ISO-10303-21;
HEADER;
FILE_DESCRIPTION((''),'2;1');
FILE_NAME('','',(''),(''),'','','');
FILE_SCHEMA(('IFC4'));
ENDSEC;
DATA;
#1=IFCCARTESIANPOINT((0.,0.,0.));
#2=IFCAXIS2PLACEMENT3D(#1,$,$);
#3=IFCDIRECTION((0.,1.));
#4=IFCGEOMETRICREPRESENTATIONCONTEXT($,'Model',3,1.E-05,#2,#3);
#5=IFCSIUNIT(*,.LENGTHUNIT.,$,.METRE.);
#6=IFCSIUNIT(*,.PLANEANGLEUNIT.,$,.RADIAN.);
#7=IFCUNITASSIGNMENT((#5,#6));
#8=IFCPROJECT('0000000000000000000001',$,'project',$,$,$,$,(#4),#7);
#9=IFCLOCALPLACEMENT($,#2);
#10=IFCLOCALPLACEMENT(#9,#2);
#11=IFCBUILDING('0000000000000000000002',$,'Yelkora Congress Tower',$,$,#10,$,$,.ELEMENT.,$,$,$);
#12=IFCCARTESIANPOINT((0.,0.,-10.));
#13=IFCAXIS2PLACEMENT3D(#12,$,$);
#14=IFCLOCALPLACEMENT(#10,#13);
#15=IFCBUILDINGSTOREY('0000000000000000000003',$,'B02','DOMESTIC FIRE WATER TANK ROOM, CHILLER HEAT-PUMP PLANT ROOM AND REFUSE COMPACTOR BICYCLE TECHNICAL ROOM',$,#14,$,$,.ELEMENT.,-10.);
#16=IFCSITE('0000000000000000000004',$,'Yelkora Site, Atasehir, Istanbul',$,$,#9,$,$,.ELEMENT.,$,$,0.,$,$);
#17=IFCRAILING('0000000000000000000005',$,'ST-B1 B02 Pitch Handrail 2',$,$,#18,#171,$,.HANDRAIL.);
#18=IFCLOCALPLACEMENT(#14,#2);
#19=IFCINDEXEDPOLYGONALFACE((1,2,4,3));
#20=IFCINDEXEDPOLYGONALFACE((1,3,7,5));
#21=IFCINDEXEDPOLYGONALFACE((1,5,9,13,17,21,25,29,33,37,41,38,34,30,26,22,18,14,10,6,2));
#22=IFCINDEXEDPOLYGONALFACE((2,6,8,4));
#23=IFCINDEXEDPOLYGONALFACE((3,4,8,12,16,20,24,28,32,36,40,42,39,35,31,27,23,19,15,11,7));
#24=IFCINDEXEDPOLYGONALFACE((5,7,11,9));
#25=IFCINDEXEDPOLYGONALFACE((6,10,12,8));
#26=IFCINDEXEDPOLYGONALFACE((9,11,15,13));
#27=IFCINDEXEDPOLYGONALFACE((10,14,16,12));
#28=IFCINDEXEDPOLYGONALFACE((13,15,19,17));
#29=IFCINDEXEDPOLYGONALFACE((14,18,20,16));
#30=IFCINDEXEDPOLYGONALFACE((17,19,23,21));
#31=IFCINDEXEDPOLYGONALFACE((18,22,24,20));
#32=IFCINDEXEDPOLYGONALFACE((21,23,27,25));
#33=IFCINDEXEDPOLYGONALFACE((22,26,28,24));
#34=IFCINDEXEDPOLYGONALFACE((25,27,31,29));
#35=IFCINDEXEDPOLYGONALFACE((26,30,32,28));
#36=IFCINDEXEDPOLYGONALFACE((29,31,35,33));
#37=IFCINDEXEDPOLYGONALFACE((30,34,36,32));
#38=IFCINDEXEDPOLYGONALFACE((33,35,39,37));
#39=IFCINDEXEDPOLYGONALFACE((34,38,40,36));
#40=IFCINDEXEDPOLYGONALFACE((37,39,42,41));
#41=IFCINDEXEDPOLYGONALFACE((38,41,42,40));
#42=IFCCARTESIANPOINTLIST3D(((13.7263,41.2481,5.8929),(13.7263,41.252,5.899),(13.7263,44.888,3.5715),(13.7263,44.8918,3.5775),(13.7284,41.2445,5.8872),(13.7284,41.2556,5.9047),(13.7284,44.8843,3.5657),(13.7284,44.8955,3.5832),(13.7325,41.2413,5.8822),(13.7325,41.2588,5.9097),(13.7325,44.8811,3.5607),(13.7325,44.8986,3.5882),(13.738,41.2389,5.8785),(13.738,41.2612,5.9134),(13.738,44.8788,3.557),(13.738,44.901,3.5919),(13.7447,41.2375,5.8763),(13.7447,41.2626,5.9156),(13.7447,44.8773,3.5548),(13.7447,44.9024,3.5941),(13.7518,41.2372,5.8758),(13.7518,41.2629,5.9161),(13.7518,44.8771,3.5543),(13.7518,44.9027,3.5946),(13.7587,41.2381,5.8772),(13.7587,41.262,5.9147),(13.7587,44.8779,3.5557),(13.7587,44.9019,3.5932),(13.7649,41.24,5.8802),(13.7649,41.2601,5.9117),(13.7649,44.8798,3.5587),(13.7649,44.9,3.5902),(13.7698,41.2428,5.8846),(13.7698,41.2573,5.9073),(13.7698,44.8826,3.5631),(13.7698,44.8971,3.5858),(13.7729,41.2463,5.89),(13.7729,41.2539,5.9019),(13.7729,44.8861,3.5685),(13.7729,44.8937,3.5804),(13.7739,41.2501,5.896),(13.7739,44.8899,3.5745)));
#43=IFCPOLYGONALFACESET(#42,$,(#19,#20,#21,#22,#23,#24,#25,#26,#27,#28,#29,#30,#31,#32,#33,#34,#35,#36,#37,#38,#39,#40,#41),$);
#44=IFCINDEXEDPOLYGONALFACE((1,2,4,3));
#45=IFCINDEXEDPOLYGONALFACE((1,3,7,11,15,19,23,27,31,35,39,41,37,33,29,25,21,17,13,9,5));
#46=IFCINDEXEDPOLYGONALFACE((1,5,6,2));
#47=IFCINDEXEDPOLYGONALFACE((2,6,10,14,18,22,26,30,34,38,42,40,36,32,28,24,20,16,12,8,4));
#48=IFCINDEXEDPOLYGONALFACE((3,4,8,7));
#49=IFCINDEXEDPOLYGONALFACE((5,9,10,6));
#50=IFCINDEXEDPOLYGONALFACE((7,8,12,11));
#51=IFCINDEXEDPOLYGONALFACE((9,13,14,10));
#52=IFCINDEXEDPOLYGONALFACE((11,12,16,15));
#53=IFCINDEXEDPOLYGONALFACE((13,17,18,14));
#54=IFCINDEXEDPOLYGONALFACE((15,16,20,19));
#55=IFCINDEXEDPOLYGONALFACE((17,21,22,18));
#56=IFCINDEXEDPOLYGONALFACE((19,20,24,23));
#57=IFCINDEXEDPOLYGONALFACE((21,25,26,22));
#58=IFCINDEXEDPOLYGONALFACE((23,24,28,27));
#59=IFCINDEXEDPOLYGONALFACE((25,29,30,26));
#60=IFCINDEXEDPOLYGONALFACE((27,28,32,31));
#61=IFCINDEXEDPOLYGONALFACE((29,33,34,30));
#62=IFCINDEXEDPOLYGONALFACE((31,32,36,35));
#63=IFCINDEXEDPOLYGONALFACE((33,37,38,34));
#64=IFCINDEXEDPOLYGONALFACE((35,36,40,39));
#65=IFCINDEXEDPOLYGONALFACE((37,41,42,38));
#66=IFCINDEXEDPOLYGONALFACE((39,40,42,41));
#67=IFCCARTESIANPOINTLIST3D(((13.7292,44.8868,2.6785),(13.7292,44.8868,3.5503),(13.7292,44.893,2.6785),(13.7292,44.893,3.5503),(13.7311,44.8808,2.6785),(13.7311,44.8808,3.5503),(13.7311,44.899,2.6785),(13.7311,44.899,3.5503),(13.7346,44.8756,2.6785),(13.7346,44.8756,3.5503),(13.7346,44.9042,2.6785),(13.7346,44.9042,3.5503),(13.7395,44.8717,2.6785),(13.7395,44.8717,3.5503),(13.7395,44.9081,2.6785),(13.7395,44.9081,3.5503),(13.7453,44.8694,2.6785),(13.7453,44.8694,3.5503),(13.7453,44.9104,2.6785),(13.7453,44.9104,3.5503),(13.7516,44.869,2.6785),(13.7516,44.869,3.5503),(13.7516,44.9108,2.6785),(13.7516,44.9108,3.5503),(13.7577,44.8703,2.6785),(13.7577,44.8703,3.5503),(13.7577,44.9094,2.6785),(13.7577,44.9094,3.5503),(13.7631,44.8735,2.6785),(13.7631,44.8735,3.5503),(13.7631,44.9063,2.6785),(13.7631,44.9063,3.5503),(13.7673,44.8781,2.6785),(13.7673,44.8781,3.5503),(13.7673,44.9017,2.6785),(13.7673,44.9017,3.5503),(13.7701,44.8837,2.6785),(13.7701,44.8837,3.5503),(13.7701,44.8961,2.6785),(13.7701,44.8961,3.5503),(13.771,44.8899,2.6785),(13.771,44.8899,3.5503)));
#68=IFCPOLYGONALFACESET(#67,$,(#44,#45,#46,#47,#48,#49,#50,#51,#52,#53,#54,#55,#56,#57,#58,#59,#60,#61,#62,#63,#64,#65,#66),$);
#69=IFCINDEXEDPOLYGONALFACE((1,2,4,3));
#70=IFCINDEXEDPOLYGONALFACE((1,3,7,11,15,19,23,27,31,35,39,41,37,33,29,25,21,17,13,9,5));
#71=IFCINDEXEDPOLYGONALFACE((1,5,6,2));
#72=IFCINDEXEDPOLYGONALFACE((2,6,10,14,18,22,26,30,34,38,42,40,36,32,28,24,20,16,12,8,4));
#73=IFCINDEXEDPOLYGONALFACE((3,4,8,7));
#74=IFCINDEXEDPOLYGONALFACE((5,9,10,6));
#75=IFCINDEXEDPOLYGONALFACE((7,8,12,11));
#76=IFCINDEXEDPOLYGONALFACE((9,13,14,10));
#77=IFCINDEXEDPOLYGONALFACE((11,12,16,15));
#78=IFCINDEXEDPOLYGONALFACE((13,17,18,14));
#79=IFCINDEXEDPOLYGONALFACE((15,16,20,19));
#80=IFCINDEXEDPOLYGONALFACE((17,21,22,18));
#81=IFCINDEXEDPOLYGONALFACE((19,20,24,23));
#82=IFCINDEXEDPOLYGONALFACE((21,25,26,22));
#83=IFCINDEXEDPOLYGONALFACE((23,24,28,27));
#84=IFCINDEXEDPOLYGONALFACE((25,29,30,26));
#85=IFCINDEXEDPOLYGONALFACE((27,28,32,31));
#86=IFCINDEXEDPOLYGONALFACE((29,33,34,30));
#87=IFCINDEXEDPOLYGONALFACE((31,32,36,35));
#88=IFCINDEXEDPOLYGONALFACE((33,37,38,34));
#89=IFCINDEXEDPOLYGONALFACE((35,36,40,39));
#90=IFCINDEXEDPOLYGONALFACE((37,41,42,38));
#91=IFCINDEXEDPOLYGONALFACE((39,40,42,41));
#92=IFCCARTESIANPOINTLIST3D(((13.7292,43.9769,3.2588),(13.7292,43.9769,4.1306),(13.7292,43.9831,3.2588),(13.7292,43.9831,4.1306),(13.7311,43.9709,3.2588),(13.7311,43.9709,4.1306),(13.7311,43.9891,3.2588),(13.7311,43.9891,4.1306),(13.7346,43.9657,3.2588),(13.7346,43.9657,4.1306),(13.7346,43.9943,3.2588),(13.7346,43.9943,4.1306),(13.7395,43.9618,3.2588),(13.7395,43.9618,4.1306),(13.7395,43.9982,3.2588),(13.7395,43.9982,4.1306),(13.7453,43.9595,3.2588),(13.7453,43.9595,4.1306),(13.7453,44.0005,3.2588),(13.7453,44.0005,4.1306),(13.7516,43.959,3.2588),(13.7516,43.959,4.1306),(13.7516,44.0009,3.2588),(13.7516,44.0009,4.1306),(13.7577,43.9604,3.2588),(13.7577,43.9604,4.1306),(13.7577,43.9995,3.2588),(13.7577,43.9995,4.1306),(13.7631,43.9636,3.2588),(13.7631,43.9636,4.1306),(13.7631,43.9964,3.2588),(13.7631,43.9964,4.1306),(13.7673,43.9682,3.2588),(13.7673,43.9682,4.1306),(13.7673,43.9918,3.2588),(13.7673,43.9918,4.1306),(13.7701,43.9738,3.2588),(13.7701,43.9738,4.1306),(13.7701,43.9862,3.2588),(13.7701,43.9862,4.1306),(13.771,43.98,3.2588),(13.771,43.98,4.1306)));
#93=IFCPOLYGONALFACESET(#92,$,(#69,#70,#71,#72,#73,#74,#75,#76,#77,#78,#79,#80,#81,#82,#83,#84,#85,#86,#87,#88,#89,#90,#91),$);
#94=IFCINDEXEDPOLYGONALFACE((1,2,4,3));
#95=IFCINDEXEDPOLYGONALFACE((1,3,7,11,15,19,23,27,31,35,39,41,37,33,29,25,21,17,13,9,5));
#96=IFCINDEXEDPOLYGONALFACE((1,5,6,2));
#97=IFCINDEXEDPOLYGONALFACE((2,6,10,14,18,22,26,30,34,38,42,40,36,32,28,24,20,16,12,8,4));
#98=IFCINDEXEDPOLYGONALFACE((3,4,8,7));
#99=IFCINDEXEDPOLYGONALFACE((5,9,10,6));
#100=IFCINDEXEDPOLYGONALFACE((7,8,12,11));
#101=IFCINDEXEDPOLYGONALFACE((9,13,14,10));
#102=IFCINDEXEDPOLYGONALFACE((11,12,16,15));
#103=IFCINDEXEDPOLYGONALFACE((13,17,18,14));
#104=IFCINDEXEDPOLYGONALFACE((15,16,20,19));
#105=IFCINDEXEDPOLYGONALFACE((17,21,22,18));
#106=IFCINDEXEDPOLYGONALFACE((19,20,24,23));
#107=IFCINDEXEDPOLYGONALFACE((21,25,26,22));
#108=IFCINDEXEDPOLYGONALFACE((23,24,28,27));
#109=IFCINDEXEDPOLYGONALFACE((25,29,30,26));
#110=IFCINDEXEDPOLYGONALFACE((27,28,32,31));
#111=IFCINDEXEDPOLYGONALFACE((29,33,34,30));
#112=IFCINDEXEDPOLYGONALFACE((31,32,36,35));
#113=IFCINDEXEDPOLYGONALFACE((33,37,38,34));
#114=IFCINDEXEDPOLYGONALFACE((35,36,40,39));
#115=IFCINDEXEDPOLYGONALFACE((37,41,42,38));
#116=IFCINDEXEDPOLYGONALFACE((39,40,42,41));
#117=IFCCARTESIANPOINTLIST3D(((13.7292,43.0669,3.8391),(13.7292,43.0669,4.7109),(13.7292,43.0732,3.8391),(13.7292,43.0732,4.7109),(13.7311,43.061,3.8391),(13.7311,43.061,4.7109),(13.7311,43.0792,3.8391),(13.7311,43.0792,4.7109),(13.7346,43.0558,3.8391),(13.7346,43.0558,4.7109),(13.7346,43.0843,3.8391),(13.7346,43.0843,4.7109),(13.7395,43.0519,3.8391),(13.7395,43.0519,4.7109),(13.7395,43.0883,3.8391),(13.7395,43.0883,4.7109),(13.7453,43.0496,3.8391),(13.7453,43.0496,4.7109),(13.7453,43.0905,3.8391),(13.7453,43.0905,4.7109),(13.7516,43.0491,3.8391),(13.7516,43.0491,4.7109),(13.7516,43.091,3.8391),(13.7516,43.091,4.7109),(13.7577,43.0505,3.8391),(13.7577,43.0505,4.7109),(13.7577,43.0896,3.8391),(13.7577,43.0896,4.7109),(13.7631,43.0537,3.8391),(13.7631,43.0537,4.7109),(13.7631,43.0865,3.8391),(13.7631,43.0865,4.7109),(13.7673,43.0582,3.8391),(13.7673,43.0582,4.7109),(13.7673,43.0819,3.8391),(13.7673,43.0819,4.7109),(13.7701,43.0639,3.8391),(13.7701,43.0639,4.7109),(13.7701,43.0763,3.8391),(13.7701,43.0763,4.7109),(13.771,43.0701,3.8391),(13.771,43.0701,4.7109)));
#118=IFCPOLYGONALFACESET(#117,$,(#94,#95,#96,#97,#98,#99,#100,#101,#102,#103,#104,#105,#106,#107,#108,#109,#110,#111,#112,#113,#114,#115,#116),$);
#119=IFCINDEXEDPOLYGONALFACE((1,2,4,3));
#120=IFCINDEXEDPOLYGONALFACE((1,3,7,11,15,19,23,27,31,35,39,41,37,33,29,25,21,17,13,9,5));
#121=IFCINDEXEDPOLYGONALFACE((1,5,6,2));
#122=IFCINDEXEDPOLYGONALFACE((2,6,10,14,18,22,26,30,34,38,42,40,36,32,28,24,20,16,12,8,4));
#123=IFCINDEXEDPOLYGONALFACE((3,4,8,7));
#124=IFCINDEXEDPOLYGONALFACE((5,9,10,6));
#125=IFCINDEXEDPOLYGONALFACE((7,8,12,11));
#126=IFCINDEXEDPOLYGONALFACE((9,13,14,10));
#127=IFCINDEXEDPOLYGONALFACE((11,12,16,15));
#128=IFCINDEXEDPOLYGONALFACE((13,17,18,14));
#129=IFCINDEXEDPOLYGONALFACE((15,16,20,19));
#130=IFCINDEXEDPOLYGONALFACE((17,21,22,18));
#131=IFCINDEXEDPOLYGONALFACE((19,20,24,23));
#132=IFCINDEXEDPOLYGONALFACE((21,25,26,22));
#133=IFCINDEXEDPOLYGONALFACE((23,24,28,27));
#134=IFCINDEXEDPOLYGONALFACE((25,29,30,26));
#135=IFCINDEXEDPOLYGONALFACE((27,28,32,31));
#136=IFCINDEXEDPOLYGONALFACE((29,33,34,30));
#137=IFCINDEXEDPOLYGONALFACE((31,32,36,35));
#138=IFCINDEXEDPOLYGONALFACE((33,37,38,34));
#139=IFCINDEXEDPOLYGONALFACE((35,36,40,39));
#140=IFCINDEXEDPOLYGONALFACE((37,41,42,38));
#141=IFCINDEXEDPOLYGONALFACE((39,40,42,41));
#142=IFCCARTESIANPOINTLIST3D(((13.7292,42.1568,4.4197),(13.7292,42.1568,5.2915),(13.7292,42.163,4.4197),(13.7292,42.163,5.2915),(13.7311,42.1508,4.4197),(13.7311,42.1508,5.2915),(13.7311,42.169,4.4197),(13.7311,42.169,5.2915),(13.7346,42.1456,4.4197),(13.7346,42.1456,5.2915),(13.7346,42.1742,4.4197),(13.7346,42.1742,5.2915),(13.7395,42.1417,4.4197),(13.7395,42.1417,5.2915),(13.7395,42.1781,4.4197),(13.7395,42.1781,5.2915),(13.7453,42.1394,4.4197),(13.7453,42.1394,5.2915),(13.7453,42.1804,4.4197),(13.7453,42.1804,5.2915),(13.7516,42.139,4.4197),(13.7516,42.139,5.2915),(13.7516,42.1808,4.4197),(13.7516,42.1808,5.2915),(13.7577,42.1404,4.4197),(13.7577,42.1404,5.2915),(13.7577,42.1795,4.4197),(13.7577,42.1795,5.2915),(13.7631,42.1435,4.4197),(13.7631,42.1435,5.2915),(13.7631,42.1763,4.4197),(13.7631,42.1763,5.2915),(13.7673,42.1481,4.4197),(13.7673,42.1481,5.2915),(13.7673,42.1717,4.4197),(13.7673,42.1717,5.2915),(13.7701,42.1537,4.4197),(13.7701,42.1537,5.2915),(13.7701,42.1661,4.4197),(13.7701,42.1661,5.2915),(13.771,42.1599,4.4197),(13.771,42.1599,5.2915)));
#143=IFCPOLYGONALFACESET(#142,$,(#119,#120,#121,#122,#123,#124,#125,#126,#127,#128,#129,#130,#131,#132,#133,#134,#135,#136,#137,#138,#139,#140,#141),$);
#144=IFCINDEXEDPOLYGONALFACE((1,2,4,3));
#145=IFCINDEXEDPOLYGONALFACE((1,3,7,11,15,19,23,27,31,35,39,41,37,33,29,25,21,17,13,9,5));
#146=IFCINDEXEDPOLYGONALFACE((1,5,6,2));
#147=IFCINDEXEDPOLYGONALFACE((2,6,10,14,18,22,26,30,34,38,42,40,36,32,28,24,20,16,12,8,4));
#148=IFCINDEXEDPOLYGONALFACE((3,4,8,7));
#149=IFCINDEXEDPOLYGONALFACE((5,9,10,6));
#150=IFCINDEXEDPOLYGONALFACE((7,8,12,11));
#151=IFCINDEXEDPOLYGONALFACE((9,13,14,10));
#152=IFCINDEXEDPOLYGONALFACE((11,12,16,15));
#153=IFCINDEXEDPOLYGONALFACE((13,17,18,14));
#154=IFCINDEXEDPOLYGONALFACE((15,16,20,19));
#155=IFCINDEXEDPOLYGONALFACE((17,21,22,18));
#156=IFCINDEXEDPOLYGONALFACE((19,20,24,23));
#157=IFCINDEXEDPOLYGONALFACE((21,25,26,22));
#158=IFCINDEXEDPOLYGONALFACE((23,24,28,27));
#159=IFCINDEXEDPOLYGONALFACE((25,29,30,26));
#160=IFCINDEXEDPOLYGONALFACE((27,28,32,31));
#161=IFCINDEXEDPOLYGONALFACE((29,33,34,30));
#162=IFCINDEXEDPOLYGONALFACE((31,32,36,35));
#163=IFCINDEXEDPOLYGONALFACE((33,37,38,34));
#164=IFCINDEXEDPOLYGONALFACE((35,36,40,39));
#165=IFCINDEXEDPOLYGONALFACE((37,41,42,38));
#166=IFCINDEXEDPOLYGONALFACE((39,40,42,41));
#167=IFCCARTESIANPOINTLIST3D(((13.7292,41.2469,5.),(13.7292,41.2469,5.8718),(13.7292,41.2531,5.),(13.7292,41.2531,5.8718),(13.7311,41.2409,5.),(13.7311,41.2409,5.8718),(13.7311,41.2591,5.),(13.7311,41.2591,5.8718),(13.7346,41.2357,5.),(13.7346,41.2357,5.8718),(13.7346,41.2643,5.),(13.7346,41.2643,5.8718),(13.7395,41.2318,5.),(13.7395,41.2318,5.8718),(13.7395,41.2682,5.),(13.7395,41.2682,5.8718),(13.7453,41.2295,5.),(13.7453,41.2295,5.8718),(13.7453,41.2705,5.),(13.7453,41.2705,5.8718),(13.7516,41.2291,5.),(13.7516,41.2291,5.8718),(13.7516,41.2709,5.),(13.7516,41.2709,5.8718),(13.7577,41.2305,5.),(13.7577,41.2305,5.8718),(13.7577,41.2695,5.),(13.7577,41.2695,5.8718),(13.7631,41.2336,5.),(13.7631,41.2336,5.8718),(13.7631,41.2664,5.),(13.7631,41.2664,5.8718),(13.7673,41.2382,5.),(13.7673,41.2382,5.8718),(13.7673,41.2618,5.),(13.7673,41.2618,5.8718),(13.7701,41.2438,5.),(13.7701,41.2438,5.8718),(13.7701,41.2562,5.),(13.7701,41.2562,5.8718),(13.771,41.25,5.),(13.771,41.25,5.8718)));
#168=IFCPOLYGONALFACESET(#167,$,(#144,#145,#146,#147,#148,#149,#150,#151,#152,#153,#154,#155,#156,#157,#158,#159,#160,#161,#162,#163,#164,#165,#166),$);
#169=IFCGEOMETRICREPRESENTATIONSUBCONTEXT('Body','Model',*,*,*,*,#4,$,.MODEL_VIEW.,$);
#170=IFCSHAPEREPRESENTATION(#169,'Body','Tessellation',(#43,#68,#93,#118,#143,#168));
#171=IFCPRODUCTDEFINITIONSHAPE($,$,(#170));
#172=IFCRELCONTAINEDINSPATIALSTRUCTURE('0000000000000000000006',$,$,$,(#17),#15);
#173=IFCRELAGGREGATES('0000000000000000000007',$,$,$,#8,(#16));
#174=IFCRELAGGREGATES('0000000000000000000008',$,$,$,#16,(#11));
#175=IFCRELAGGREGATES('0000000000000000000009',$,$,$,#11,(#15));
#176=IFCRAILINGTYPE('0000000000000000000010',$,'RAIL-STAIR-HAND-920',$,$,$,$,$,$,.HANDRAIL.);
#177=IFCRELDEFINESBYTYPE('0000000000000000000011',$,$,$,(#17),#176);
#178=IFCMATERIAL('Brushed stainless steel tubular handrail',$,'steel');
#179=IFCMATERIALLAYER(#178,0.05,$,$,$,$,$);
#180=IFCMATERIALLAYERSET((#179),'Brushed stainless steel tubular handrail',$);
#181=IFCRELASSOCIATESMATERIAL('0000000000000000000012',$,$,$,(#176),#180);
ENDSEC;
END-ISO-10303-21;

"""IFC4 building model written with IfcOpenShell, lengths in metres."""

from ifc_helpers import new_model, si_unit, direction, frame, origin, origin_2d, place, context, subcontext, project, spatial, circle, extrude, material, layer, layer_set, type_object, element, save


model = new_model("IFC4")

# Units and contexts
model_context = context("Model", 3, precision=1e-05, world=origin(), true_north=direction((0.0, 1.0)))
body_context = subcontext(model_context, "Body", "Model", "MODEL_VIEW")
ifc_project = project(units=[si_unit("LENGTHUNIT", "METRE"), si_unit("PLANEANGLEUNIT", "RADIAN")], contexts=[model_context])

# Site, building, storey
site_placement = place(None, origin())
site = spatial("IfcSite", under=ifc_project, at=site_placement, Name="Yelkora Site, Atasehir, Istanbul", CompositionType="ELEMENT", RefElevation=0.0)
building_placement = place(site_placement, origin())
building = spatial("IfcBuilding", under=site, at=building_placement, Name="Yelkora Congress Tower", CompositionType="ELEMENT")
storey_placement = place(building_placement, frame((0.0, 0.0, -10.0)))
storey = spatial("IfcBuildingStorey", under=building, at=storey_placement, Name="B02", Description="DOMESTIC FIRE WATER TANK ROOM, CHILLER HEAT-PUMP PLANT ROOM AND REFUSE COMPACTOR BICYCLE TECHNICAL ROOM", CompositionType="ELEMENT", Elevation=-10.0)

# Railing
ifc_material_1 = material(Name="Brushed stainless steel tubular handrail", Category="steel")
ifc_layer_1 = layer(ifc_material_1, 0.05)
ifc_layer_set_1 = layer_set([ifc_layer_1], Name="Brushed stainless steel tubular handrail")
railing_type_1 = type_object("IfcRailingType", Name="RAIL-STAIR-HAND-920", PredefinedType="HANDRAIL", material=ifc_layer_set_1)
railing_1_placement = place(storey_placement, frame((13.75, 44.8899, 2.6785)))
element("IfcRailing", 1, at=railing_1_placement, inside=storey, type_object=railing_type_1, Name="ST-B1 B02 Pitch Handrail 2", PredefinedType="HANDRAIL", context=body_context, shape_type="SweptSolid", body=[
    extrude(circle(Radius=0.0239, at=origin_2d()), frame((0.0, 0.0, 0.896), z_axis=(0.0, -0.843112, 0.537739), x_axis=(1.0, 0.0, 0.0)), (0.0, 0.0, 1.0), 4.3171),
    extrude(circle(Radius=0.021, at=origin_2d()), origin(), (0.0, 0.0, 1.0), 0.8718),
    extrude(circle(Radius=0.021, at=origin_2d()), frame((0.0, -0.9099, 0.5803)), (0.0, 0.0, 1.0), 0.8718),
    extrude(circle(Radius=0.021, at=origin_2d()), frame((0.0, -1.8198, 1.1606)), (0.0, 0.0, 1.0), 0.8718),
    extrude(circle(Radius=0.021, at=origin_2d()), frame((0.0, -2.73, 1.7412)), (0.0, 0.0, 1.0), 0.8718),
    extrude(circle(Radius=0.021, at=origin_2d()), frame((0.0, -3.6399, 2.3215)), (0.0, 0.0, 1.0), 0.8718),
])

save(model, "model.ifc")
